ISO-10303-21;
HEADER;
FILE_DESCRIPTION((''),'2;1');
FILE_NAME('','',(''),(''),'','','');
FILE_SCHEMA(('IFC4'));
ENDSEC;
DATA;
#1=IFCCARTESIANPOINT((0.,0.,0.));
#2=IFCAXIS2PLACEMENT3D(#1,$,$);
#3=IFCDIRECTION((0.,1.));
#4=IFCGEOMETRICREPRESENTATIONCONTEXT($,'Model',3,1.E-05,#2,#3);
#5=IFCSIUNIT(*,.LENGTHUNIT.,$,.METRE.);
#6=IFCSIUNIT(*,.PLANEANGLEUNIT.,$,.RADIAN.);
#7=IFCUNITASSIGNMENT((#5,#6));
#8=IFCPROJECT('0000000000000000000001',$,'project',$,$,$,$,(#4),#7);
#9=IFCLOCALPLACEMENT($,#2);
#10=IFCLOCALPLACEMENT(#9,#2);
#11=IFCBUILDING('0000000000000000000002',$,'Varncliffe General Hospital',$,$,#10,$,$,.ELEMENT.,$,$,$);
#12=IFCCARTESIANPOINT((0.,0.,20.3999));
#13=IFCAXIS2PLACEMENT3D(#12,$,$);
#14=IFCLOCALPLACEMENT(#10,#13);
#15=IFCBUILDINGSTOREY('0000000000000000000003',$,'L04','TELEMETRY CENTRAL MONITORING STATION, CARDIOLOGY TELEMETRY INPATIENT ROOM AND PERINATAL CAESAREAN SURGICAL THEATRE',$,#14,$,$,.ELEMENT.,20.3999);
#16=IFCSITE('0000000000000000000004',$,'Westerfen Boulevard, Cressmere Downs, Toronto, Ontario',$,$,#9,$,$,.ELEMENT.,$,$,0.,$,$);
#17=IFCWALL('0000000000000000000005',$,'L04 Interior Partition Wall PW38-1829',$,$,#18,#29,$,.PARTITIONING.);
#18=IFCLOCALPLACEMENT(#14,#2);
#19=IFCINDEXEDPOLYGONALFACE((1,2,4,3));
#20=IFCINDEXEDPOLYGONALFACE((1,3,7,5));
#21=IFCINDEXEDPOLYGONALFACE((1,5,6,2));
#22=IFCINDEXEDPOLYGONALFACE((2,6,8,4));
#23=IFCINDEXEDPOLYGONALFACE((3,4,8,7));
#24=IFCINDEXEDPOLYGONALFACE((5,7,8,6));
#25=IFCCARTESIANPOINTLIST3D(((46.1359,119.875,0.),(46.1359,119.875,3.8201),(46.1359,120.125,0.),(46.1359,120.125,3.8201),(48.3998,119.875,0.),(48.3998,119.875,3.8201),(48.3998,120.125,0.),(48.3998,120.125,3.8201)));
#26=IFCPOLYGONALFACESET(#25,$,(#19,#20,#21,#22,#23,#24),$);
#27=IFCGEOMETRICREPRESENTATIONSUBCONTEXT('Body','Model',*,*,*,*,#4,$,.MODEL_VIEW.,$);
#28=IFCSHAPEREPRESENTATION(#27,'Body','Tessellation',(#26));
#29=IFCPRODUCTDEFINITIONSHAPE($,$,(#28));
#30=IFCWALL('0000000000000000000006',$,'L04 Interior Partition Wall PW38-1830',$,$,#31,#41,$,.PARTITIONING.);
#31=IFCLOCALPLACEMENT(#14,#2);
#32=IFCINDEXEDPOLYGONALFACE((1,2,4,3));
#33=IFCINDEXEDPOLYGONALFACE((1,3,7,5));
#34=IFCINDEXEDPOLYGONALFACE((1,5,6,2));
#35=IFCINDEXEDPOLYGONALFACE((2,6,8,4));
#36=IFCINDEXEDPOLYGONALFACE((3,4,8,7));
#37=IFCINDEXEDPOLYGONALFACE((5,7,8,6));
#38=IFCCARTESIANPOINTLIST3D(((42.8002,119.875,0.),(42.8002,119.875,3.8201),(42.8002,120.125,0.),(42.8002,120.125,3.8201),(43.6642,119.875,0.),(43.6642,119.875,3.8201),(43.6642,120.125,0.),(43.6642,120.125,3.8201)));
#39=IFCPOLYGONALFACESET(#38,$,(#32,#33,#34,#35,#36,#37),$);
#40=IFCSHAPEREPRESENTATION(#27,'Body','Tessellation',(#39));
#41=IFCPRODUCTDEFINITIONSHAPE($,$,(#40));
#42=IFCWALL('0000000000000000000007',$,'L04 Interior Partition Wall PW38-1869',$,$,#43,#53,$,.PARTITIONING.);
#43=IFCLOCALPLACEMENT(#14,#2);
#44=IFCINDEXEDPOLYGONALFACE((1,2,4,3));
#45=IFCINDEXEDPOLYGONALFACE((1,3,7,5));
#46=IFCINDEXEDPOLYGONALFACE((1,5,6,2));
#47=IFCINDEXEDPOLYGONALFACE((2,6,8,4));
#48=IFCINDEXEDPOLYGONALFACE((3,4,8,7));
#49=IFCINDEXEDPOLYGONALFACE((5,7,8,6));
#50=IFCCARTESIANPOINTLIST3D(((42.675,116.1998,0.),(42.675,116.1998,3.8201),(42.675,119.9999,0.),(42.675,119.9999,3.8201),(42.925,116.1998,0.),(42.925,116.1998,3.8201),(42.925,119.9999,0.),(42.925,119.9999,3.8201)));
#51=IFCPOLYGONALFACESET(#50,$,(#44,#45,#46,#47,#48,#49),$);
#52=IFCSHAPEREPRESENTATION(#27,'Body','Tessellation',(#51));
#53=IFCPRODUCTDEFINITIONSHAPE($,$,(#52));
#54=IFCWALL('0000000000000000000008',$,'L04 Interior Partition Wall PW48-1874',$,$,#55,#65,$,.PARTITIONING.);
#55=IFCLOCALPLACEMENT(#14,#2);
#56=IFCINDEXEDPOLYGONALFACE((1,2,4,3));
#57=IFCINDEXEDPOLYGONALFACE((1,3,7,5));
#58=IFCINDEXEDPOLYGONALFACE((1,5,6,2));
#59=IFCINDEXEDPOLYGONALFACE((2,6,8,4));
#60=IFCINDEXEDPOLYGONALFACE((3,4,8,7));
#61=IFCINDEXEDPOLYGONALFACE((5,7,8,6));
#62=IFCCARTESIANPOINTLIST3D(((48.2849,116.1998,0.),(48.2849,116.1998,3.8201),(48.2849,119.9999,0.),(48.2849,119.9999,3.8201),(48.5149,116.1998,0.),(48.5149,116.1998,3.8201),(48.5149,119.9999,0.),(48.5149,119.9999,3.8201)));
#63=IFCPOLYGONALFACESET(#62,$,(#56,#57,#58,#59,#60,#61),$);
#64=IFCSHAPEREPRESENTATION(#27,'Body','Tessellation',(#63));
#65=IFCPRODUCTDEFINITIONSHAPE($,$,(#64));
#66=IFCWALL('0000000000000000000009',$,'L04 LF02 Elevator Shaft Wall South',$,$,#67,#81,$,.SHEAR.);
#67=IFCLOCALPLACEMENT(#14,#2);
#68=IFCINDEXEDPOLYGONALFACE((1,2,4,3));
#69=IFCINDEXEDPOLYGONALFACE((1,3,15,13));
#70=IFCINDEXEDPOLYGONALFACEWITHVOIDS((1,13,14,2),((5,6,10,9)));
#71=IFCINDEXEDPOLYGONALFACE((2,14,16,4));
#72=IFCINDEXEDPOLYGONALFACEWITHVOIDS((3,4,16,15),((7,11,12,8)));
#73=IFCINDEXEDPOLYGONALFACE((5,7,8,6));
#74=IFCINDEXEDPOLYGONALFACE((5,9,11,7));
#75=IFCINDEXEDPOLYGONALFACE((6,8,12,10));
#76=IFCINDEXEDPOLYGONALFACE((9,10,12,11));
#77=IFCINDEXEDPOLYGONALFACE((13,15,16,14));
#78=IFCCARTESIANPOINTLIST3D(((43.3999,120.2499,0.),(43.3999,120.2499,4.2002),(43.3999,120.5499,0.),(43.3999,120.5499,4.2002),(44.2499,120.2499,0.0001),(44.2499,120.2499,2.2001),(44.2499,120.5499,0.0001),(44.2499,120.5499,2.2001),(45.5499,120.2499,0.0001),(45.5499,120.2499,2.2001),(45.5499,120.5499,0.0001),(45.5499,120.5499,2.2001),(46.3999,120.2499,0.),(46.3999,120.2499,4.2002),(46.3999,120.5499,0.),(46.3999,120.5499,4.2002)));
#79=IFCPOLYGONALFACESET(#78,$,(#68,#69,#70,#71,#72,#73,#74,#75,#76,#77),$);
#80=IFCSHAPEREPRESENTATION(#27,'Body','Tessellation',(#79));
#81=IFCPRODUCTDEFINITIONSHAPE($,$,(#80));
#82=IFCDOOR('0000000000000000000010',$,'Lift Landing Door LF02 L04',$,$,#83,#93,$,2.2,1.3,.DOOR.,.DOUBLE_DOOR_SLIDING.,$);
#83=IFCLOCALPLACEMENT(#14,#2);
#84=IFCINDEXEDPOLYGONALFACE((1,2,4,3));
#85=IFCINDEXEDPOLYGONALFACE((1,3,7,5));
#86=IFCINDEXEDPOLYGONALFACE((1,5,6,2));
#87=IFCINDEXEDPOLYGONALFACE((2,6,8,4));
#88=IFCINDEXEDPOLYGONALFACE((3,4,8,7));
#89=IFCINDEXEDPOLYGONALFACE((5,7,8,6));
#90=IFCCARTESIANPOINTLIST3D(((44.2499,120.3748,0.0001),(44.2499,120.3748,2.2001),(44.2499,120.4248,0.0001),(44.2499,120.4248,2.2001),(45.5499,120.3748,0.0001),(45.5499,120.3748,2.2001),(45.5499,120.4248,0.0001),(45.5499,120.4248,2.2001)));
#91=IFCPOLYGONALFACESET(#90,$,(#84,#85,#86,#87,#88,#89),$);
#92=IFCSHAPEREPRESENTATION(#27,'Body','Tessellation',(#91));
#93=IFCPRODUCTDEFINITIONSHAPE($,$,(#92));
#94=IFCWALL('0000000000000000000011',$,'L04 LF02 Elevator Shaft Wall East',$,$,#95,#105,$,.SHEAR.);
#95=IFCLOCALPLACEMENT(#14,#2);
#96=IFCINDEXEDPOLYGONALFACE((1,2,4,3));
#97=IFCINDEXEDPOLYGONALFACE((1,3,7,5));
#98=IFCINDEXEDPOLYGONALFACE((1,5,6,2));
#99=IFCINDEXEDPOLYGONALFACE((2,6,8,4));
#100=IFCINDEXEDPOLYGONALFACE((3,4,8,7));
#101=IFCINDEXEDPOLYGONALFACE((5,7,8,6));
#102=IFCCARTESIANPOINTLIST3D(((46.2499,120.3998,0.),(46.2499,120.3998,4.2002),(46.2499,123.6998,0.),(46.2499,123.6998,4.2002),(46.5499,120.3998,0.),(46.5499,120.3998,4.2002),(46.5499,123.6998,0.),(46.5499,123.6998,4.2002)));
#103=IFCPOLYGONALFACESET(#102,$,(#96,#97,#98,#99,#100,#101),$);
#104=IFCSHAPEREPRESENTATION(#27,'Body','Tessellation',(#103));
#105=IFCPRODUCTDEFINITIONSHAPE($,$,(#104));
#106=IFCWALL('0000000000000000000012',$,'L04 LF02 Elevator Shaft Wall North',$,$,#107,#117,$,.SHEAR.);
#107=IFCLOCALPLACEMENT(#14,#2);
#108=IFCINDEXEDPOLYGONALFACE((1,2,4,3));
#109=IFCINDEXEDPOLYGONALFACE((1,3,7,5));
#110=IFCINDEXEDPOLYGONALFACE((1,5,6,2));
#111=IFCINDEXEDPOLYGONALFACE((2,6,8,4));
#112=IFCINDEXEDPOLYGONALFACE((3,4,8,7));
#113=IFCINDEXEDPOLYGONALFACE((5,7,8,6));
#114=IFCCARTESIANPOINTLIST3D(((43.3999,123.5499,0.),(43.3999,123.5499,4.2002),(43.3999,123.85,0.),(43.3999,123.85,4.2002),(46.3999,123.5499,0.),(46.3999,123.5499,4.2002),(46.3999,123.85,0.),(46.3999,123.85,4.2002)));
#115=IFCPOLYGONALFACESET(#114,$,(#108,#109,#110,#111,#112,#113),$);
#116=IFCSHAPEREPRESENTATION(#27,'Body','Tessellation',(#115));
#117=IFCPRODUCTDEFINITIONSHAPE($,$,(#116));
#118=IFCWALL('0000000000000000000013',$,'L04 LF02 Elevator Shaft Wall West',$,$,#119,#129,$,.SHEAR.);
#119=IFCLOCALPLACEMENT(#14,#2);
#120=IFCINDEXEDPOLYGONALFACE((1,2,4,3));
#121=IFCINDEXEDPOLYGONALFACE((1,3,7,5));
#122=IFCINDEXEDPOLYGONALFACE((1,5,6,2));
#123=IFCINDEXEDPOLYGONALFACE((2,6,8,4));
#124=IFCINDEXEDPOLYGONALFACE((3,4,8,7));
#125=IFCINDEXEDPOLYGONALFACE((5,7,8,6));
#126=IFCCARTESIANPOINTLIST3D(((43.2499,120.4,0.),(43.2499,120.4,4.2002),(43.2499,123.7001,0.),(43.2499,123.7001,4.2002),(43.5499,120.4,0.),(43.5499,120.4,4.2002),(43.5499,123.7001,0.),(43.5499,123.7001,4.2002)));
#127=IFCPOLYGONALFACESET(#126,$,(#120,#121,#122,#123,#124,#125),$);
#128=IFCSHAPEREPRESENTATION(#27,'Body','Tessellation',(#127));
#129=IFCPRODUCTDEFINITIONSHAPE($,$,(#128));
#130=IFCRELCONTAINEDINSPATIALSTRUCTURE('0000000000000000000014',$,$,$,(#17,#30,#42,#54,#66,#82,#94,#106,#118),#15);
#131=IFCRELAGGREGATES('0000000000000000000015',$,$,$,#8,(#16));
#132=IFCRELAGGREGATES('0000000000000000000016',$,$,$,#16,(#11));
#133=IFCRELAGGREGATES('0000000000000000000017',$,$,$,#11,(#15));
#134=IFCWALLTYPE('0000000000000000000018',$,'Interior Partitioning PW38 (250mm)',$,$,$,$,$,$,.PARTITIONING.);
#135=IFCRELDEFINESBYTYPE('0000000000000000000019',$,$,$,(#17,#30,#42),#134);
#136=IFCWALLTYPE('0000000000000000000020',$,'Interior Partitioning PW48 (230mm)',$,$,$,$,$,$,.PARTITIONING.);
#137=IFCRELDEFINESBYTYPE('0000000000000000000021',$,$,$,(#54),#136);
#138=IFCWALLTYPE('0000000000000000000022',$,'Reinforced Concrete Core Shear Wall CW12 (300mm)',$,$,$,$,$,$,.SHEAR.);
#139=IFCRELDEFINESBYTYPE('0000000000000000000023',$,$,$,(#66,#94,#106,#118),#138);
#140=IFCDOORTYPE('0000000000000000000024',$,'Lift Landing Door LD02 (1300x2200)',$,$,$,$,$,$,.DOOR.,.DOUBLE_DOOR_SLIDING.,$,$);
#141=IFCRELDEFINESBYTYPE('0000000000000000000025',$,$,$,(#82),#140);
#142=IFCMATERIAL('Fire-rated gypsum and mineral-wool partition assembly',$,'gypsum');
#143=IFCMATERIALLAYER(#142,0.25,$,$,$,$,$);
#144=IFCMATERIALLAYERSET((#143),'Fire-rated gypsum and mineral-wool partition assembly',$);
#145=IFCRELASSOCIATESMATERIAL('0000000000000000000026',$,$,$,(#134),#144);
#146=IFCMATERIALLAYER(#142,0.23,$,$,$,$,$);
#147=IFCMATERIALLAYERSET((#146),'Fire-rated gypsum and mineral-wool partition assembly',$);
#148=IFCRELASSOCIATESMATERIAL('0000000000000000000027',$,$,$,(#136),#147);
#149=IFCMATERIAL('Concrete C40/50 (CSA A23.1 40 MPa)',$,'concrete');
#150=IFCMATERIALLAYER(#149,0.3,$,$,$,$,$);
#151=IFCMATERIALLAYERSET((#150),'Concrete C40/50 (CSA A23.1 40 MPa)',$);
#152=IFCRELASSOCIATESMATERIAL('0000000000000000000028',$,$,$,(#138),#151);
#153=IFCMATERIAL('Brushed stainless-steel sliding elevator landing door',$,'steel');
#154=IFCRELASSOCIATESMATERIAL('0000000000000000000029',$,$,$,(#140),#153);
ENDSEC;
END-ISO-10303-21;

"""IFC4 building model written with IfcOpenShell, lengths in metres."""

from ifc_helpers import new_model, si_unit, direction, frame, frame_2d, origin, place, context, subcontext, project, spatial, rectangle, extrude, material, layer, layer_set, type_object, element, fill, save


model = new_model("IFC4")

# Units and contexts
model_context = context("Model", 3, precision=1e-05, world=origin(), true_north=direction((0.0, 1.0)))
body_context = subcontext(model_context, "Body", "Model", "MODEL_VIEW")
ifc_project = project(units=[si_unit("LENGTHUNIT", "METRE"), si_unit("PLANEANGLEUNIT", "RADIAN")], contexts=[model_context])

# Site, building, storey
site_placement = place(None, origin())
site = spatial("IfcSite", under=ifc_project, at=site_placement, Name="Westerfen Boulevard, Cressmere Downs, Toronto, Ontario", CompositionType="ELEMENT", RefElevation=0.0)
building_placement = place(site_placement, origin())
building = spatial("IfcBuilding", under=site, at=building_placement, Name="Varncliffe General Hospital", CompositionType="ELEMENT")
storey_placement = place(building_placement, frame((0.0, 0.0, 20.3999)))
storey = spatial("IfcBuildingStorey", under=building, at=storey_placement, Name="L04", Description="TELEMETRY CENTRAL MONITORING STATION, CARDIOLOGY TELEMETRY INPATIENT ROOM AND PERINATAL CAESAREAN SURGICAL THEATRE", CompositionType="ELEMENT", Elevation=20.3999)

# Shared definitions
ifc_material_1 = material(Name="Concrete C40/50 (CSA A23.1 40 MPa)", Category="concrete")

# Walls
ifc_material_2 = material(Name="Fire-rated gypsum and mineral-wool partition assembly", Category="gypsum")
ifc_layer_1 = layer(ifc_material_2, 0.25)
ifc_layer_set_1 = layer_set([ifc_layer_1], Name="Fire-rated gypsum and mineral-wool partition assembly")
wall_type_1 = type_object("IfcWallType", Name="Interior Partitioning PW38 (250mm)", PredefinedType="PARTITIONING", material=ifc_layer_set_1)
wall_1_placement = place(storey_placement, frame((46.136, 120.0, 0.0), z_axis=(0.0, 0.0, 1.0), x_axis=(1.0, 0.0, 0.0)))
element("IfcWall", 1, at=wall_1_placement, inside=storey, type_object=wall_type_1, Name="L04 Interior Partition Wall PW38-1829", PredefinedType="PARTITIONING", context=body_context, shape_type="SweptSolid", body=[
    extrude(rectangle(XDim=2.2639, YDim=0.25, at=frame_2d((1.1318, 0.0))), origin(), (0.0, 0.0, 1.0), 3.8201),
])
wall_2_placement = place(storey_placement, frame((42.8, 120.0, 0.0), z_axis=(0.0, 0.0, 1.0), x_axis=(1.0, 0.0, 0.0)))
element("IfcWall", 2, at=wall_2_placement, inside=storey, type_object=wall_type_1, Name="L04 Interior Partition Wall PW38-1830", PredefinedType="PARTITIONING", context=body_context, shape_type="SweptSolid", body=[
    extrude(rectangle(XDim=0.864, YDim=0.25, at=frame_2d((0.4321, 0.0))), origin(), (0.0, 0.0, 1.0), 3.8201),
])
wall_3_placement = place(storey_placement, frame((42.8, 116.2, 0.0), z_axis=(0.0, 0.0, 1.0), x_axis=(0.0, 1.0, 0.0)))
element("IfcWall", 3, at=wall_3_placement, inside=storey, type_object=wall_type_1, Name="L04 Interior Partition Wall PW38-1869", PredefinedType="PARTITIONING", context=body_context, shape_type="SweptSolid", body=[
    extrude(rectangle(XDim=3.8, YDim=0.25, at=frame_2d((1.8999, 0.0))), origin(), (0.0, 0.0, 1.0), 3.8201),
])
ifc_layer_2 = layer(ifc_material_2, 0.23)
ifc_layer_set_2 = layer_set([ifc_layer_2], Name="Fire-rated gypsum and mineral-wool partition assembly")
wall_type_2 = type_object("IfcWallType", Name="Interior Partitioning PW48 (230mm)", PredefinedType="PARTITIONING", material=ifc_layer_set_2)
wall_4_placement = place(storey_placement, frame((48.3999, 116.2, 0.0), z_axis=(0.0, 0.0, 1.0), x_axis=(0.0, 1.0, 0.0)))
element("IfcWall", 4, at=wall_4_placement, inside=storey, type_object=wall_type_2, Name="L04 Interior Partition Wall PW48-1874", PredefinedType="PARTITIONING", context=body_context, shape_type="SweptSolid", body=[
    extrude(rectangle(XDim=3.8, YDim=0.23, at=frame_2d((1.8999, 0.0))), origin(), (0.0, 0.0, 1.0), 3.8201),
])

# Wall, opening, door
ifc_layer_3 = layer(ifc_material_1, 0.3)
ifc_layer_set_3 = layer_set([ifc_layer_3], Name="Concrete C40/50 (CSA A23.1 40 MPa)")
wall_type_3 = type_object("IfcWallType", Name="Reinforced Concrete Core Shear Wall CW12 (300mm)", PredefinedType="SHEAR", material=ifc_layer_set_3)
wall_5_placement = place(storey_placement, frame((43.3999, 120.3999, 0.0), z_axis=(0.0, 0.0, 1.0), x_axis=(1.0, 0.0, 0.0)))
wall_5 = element("IfcWall", 5, at=wall_5_placement, inside=storey, type_object=wall_type_3, Name="L04 LF02 Elevator Shaft Wall South", PredefinedType="SHEAR", context=body_context, shape_type="SweptSolid", body=[
    extrude(rectangle(XDim=3.0, YDim=0.3, at=frame_2d((1.5, 0.0))), origin(), (0.0, 0.0, 1.0), 4.2002),
])
opening_1_placement = place(wall_5_placement, frame((0.8501, 0.0, 0.0)))
opening_1 = element("IfcOpeningElement", 6, at=opening_1_placement, cuts=wall_5, PredefinedType="OPENING", context=body_context, shape_type="SweptSolid", body=[
    extrude(rectangle(XDim=1.3, YDim=2.2, at=frame_2d((0.6499, 1.1001))), frame((0.0, 0.1602, 0.0), z_axis=(0.0, -1.0, 0.0), x_axis=(1.0, 0.0, 0.0)), (0.0, 0.0, 1.0), 0.3201),
])
ifc_material_3 = material(Name="Brushed stainless-steel sliding elevator landing door", Category="steel")
door_type = type_object("IfcDoorType", Name="Lift Landing Door LD02 (1300x2200)", OperationType="DOUBLE_DOOR_SLIDING", PredefinedType="DOOR", material=ifc_material_3)
door_placement = place(opening_1_placement, origin())
door = element("IfcDoor", 7, at=door_placement, inside=storey, type_object=door_type, Name="Lift Landing Door LF02 L04", OperationType="DOUBLE_DOOR_SLIDING", OverallHeight=2.2, OverallWidth=1.3, PredefinedType="DOOR", context=body_context, shape_type="SweptSolid", body=[
    extrude(rectangle(XDim=1.3, YDim=2.2, at=frame_2d((0.6499, 1.1001))), frame((0.0, 0.0249, 0.0), z_axis=(0.0, -1.0, 0.0), x_axis=(1.0, 0.0, 0.0)), (0.0, 0.0, 1.0), 0.05),
])
fill(opening_1, door)

# Walls
wall_6_placement = place(storey_placement, frame((46.3999, 120.3999, 0.0), z_axis=(0.0, 0.0, 1.0), x_axis=(0.0, 1.0, 0.0)))
element("IfcWall", 8, at=wall_6_placement, inside=storey, type_object=wall_type_3, Name="L04 LF02 Elevator Shaft Wall East", PredefinedType="SHEAR", context=body_context, shape_type="SweptSolid", body=[
    extrude(rectangle(XDim=3.3, YDim=0.3, at=frame_2d((1.6499, 0.0))), origin(), (0.0, 0.0, 1.0), 4.2002),
])
wall_7_placement = place(storey_placement, frame((46.3999, 123.7, 0.0), z_axis=(0.0, 0.0, 1.0), x_axis=(-1.0, 0.0, 0.0)))
element("IfcWall", 9, at=wall_7_placement, inside=storey, type_object=wall_type_3, Name="L04 LF02 Elevator Shaft Wall North", PredefinedType="SHEAR", context=body_context, shape_type="SweptSolid", body=[
    extrude(rectangle(XDim=3.0, YDim=0.3, at=frame_2d((1.5, 0.0))), origin(), (0.0, 0.0, 1.0), 4.2002),
])
wall_8_placement = place(storey_placement, frame((43.3999, 123.7, 0.0), z_axis=(0.0, 0.0, 1.0), x_axis=(0.0, -1.0, 0.0)))
element("IfcWall", 10, at=wall_8_placement, inside=storey, type_object=wall_type_3, Name="L04 LF02 Elevator Shaft Wall West", PredefinedType="SHEAR", context=body_context, shape_type="SweptSolid", body=[
    extrude(rectangle(XDim=3.3, YDim=0.3, at=frame_2d((1.6499, 0.0))), origin(), (0.0, 0.0, 1.0), 4.2002),
])

save(model, "model.ifc")
